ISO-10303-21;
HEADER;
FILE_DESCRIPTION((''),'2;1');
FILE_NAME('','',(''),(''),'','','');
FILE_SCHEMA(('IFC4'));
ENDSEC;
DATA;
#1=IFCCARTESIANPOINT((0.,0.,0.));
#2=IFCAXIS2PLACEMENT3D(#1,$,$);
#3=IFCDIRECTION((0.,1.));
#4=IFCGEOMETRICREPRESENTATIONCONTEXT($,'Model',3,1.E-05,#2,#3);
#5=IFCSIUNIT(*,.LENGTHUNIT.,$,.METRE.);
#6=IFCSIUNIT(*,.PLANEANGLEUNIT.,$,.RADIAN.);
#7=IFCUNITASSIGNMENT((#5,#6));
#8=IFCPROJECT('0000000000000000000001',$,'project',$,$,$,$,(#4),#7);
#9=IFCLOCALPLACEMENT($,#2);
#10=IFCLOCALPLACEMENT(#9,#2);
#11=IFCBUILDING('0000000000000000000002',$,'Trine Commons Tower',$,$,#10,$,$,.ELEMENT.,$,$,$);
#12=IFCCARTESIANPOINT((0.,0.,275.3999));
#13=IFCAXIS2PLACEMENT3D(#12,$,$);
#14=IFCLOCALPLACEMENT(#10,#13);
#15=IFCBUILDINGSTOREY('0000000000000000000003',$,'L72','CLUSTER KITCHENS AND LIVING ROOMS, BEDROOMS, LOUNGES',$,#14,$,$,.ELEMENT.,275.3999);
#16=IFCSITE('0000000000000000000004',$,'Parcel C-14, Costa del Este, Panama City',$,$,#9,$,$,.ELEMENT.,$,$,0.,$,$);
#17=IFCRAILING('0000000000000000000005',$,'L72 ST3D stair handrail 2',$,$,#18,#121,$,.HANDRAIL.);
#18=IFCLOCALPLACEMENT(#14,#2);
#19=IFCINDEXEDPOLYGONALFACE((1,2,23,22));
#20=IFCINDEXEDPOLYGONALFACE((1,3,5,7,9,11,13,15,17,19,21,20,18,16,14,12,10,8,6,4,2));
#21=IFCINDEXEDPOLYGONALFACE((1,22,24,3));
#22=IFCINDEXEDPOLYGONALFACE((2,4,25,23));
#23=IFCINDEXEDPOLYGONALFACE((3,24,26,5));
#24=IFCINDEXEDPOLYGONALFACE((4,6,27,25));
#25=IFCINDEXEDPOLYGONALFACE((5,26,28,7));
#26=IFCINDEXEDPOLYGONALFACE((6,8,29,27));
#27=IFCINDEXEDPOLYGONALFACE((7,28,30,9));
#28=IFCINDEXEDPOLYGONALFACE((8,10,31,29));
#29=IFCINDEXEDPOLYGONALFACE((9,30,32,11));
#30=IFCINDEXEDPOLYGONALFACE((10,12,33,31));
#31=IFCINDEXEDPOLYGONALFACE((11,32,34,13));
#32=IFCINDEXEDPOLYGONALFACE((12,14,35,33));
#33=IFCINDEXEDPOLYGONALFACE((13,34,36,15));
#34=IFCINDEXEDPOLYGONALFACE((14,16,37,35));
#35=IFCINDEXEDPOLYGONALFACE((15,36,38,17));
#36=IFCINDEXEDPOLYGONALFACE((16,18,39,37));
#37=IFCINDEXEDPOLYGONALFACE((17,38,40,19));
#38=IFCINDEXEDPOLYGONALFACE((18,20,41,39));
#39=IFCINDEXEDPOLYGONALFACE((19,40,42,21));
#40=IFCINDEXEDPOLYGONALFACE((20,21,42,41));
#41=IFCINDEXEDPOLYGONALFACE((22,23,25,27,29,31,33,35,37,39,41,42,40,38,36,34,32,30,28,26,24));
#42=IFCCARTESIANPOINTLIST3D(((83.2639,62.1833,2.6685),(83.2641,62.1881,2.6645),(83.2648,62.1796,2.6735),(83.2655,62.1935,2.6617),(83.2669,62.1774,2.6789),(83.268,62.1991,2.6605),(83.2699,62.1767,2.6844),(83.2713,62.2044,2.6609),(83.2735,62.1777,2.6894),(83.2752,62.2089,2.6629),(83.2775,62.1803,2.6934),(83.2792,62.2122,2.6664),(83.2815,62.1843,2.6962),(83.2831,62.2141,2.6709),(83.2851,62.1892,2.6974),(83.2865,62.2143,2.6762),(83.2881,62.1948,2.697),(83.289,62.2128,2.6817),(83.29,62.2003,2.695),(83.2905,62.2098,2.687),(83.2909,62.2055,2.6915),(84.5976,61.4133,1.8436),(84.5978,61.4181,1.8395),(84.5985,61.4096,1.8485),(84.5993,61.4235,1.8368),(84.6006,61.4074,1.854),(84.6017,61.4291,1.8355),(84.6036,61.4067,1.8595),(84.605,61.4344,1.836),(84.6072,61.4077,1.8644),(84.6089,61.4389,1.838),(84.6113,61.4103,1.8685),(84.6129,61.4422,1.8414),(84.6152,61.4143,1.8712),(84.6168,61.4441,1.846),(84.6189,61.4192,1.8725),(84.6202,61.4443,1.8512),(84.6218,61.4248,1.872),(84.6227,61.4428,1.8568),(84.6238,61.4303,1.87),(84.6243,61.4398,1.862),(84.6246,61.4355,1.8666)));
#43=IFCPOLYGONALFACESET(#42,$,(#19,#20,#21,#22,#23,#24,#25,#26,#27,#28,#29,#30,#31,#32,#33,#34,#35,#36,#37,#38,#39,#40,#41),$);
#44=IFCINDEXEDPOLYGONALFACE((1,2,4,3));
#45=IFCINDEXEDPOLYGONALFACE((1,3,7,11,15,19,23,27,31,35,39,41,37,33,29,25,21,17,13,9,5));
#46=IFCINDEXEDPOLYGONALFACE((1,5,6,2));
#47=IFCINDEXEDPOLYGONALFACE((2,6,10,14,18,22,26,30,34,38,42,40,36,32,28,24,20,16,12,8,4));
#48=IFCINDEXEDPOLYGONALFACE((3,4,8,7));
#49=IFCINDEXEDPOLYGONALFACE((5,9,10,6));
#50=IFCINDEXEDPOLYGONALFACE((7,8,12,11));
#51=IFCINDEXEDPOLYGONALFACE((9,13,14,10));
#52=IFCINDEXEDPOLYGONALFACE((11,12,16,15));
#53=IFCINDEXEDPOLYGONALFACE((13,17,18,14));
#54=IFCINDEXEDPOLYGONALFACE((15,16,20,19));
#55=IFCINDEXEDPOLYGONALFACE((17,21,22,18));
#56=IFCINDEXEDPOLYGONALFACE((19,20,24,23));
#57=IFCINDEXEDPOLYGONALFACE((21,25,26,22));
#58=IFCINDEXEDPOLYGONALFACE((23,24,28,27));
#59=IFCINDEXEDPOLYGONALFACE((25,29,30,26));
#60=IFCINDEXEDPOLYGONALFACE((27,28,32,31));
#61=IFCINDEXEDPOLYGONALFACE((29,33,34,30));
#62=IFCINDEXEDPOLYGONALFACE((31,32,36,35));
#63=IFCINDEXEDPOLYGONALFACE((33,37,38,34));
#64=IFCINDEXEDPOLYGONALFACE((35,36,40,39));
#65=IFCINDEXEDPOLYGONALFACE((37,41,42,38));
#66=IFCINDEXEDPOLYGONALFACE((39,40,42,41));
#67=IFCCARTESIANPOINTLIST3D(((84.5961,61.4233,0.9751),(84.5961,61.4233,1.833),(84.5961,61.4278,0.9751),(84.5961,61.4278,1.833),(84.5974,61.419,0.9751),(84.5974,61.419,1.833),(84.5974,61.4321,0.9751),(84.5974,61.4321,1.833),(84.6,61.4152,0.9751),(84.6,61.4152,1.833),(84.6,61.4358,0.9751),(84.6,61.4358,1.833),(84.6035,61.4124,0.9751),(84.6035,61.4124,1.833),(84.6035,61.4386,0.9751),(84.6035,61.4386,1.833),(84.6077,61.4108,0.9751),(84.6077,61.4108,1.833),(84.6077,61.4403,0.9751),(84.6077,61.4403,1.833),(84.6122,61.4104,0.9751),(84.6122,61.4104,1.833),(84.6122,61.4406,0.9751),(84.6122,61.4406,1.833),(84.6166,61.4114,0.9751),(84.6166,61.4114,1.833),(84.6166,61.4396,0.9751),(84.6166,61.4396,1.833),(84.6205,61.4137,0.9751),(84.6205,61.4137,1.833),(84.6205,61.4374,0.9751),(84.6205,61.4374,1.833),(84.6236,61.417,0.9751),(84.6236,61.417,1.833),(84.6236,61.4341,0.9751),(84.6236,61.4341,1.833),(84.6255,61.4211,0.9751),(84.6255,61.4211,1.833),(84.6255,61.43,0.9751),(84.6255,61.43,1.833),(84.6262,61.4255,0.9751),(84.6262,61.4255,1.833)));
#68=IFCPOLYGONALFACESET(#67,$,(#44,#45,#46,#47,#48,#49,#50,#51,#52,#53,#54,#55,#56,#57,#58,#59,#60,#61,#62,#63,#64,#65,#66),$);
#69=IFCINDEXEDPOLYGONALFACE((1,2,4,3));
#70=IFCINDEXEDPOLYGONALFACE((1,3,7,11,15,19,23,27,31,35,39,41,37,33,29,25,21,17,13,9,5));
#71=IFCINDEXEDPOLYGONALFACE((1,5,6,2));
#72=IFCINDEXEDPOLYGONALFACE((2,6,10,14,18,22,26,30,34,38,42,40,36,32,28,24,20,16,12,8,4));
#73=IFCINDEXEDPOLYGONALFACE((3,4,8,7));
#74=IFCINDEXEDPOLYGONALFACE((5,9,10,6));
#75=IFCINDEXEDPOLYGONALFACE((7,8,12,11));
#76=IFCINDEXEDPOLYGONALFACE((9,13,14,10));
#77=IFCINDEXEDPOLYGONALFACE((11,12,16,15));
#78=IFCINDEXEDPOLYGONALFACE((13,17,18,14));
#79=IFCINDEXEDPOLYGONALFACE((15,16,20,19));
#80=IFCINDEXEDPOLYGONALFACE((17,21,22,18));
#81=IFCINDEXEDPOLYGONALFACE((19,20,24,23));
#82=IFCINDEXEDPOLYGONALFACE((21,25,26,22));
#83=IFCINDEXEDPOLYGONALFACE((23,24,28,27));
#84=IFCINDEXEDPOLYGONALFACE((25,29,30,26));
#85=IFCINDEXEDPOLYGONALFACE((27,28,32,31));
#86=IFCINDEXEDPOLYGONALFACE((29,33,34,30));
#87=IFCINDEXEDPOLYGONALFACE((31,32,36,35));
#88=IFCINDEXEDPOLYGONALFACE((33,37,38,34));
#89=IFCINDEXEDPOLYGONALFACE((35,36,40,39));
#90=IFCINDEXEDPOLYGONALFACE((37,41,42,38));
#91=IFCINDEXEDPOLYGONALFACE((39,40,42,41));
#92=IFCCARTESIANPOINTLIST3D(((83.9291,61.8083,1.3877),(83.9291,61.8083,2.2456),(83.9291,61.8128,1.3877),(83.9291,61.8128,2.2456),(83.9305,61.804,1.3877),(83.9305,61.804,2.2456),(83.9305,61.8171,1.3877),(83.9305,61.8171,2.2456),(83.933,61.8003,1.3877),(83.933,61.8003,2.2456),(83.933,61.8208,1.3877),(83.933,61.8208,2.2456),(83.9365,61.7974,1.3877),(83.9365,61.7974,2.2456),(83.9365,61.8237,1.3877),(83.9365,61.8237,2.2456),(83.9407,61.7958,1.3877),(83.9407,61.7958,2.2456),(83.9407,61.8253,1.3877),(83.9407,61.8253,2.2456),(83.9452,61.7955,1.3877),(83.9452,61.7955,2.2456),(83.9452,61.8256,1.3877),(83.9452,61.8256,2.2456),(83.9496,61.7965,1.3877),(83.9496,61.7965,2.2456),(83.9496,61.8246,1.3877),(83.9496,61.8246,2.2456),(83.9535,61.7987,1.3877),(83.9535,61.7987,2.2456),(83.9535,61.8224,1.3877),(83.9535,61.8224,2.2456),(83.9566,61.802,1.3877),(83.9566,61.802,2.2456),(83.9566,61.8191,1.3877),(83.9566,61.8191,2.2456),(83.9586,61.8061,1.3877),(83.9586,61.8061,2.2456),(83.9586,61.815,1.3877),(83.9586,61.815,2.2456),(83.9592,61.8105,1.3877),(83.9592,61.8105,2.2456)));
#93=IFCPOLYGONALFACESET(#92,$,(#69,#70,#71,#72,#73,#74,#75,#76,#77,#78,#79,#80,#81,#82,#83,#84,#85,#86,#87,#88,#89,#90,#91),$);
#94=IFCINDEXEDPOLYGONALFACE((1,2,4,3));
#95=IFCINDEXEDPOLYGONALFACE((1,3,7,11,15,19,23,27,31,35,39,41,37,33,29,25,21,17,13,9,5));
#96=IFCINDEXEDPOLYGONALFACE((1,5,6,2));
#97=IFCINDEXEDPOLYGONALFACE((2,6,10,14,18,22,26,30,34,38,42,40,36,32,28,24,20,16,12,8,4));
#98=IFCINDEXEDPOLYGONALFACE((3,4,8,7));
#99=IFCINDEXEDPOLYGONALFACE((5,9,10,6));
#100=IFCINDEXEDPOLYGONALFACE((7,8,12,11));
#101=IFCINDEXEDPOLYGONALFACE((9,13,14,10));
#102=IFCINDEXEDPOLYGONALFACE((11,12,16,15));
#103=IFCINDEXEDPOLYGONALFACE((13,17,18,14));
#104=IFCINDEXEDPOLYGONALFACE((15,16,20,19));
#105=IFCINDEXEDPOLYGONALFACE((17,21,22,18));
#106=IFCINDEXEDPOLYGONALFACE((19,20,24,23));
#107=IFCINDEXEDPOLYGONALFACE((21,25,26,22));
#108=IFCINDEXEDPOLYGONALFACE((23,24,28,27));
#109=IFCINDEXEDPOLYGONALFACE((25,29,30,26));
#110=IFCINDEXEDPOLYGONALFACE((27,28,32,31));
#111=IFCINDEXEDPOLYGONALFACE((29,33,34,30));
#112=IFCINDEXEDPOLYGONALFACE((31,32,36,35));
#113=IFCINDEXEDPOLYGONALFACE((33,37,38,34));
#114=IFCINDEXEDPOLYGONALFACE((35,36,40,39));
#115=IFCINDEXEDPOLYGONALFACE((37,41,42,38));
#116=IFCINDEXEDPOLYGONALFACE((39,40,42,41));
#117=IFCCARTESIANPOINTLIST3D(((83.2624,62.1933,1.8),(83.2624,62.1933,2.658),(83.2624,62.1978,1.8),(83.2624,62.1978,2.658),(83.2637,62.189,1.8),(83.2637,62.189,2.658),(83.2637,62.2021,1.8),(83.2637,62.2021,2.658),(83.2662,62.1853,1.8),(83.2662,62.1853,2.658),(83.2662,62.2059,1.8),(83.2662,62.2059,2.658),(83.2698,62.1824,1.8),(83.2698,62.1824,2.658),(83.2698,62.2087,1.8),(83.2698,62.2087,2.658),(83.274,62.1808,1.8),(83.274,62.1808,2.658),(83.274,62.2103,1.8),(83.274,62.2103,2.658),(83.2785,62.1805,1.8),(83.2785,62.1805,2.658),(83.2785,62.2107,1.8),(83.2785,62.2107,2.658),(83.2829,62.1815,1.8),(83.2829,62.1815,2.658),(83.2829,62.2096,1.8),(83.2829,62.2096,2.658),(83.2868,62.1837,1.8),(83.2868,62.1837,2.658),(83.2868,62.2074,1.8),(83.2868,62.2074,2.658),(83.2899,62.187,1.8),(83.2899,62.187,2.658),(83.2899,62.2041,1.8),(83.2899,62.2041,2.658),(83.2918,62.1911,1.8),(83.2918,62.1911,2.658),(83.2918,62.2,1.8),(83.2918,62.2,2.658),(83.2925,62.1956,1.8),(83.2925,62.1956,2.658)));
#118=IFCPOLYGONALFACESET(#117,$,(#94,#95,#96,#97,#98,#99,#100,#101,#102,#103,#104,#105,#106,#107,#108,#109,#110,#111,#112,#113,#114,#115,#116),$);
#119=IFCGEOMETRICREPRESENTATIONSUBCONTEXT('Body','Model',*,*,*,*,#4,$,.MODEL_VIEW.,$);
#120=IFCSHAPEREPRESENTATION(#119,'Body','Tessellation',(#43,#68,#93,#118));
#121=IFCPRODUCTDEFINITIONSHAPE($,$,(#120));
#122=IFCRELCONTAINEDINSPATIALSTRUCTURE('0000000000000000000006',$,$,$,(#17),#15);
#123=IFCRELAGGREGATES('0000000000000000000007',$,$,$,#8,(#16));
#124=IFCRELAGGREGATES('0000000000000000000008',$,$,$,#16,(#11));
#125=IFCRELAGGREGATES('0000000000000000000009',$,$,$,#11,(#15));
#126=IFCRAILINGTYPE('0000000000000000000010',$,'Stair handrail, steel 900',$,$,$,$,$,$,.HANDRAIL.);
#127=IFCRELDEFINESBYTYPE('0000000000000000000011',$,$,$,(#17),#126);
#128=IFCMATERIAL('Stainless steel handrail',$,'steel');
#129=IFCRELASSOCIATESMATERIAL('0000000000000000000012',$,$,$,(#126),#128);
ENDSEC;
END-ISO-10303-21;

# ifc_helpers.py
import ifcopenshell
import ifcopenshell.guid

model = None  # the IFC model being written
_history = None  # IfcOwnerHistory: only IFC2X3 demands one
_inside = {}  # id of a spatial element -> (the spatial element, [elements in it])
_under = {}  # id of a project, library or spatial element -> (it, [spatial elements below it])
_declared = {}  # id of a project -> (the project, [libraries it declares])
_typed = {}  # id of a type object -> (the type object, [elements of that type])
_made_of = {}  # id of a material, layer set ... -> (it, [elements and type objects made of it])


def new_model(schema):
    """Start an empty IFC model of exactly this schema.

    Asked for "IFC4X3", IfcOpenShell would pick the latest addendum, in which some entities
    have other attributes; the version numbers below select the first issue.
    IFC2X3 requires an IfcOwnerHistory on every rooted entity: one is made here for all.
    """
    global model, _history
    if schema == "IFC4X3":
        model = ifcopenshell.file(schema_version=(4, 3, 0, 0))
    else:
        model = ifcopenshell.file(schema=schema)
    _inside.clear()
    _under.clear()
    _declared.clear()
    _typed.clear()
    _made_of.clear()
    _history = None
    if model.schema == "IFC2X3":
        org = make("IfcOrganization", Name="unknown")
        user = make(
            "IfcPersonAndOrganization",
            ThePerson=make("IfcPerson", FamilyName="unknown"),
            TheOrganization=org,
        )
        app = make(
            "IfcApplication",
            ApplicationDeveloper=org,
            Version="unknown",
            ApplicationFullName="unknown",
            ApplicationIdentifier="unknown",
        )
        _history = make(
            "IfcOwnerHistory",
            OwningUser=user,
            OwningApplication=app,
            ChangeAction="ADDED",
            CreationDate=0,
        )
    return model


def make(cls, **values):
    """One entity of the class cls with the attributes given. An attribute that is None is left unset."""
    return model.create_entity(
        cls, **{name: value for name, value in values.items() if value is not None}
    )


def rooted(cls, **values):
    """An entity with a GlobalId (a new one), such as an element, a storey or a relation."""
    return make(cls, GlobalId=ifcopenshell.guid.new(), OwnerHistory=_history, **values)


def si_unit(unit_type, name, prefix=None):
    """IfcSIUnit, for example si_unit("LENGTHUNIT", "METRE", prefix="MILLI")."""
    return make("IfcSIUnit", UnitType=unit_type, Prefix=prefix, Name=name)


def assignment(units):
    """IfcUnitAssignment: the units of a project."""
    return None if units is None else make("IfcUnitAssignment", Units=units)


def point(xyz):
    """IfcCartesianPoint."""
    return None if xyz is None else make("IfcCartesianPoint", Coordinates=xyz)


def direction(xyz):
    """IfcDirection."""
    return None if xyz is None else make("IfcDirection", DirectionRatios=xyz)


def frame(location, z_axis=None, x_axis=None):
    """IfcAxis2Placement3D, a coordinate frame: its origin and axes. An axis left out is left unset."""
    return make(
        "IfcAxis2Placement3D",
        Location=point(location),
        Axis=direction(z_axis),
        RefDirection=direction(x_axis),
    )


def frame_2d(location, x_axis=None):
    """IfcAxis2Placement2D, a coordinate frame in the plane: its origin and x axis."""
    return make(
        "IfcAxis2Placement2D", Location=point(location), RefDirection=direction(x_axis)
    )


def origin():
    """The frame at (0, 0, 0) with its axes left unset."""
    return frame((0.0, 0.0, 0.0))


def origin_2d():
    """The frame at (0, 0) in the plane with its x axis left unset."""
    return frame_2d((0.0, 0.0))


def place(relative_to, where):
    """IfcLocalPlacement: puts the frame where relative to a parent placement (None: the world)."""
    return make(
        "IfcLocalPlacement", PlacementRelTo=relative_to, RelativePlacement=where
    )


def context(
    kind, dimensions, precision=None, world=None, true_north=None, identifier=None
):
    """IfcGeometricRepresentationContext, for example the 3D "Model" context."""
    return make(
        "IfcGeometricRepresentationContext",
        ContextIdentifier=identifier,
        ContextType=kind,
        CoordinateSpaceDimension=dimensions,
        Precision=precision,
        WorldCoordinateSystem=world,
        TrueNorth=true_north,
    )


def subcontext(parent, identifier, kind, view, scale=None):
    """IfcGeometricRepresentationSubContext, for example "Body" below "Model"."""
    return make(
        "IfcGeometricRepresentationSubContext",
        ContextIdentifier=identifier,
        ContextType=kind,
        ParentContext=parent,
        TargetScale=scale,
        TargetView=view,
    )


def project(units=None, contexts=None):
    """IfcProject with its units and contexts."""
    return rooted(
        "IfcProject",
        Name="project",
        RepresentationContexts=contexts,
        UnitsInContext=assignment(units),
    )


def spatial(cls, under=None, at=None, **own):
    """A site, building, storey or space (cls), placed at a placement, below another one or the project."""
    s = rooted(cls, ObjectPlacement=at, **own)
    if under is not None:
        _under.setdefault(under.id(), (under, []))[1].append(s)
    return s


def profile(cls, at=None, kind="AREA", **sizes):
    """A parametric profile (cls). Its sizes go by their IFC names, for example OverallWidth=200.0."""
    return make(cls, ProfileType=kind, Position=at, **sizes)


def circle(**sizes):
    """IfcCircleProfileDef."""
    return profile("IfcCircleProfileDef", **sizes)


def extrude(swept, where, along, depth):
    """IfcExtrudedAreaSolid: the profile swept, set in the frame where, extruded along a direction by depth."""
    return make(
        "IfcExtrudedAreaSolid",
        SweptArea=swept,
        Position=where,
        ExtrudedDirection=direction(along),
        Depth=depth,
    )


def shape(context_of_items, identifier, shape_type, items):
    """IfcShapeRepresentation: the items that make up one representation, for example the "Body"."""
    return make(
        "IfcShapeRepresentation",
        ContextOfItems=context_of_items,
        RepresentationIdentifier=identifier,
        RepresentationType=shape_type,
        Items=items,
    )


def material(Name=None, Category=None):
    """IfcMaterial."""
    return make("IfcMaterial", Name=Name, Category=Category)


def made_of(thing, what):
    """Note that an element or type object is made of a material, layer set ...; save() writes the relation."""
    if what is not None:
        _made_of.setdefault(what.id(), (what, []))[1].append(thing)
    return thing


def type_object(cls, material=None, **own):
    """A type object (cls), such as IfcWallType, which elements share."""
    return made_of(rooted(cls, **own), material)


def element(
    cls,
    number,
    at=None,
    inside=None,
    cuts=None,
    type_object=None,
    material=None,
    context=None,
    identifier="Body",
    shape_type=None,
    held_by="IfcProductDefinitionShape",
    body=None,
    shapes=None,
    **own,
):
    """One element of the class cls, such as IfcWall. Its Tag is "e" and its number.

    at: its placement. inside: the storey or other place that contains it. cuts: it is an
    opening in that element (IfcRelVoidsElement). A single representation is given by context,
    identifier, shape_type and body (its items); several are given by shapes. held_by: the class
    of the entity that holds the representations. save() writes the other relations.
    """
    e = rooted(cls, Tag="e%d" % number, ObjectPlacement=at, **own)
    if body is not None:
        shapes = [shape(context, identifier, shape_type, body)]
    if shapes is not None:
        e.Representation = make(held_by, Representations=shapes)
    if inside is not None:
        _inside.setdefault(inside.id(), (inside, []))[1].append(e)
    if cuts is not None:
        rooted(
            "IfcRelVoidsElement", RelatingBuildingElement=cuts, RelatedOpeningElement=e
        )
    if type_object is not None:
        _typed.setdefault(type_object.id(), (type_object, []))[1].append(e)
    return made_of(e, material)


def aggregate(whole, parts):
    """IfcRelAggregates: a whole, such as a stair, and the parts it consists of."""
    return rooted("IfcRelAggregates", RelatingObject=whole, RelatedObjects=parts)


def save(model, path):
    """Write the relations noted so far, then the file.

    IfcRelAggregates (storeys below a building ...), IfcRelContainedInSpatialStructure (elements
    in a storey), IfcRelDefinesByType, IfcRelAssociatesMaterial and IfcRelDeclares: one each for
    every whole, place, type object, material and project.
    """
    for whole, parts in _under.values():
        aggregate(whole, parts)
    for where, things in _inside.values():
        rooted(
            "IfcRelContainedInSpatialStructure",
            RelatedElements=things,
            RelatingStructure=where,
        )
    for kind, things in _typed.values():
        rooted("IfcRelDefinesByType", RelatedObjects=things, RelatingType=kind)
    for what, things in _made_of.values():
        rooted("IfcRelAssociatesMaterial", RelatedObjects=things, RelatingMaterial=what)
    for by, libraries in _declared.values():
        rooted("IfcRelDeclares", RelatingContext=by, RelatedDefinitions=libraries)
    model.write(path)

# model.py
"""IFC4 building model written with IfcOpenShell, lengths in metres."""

from ifc_helpers import new_model, si_unit, direction, frame, origin, origin_2d, place, context, subcontext, project, spatial, circle, extrude, material, type_object, element, save


model = new_model("IFC4")

# Units and contexts
model_context = context("Model", 3, precision=1e-05, world=origin(), true_north=direction((0.0, 1.0)))
body_context = subcontext(model_context, "Body", "Model", "MODEL_VIEW")
ifc_project = project(units=[si_unit("LENGTHUNIT", "METRE"), si_unit("PLANEANGLEUNIT", "RADIAN")], contexts=[model_context])

# Site, building, storey
site_placement = place(None, origin())
site = spatial("IfcSite", under=ifc_project, at=site_placement, Name="Parcel C-14, Costa del Este, Panama City", CompositionType="ELEMENT", RefElevation=0.0)
building_placement = place(site_placement, origin())
building = spatial("IfcBuilding", under=site, at=building_placement, Name="Trine Commons Tower", CompositionType="ELEMENT")
storey_placement = place(building_placement, frame((0.0, 0.0, 275.3999)))
storey = spatial("IfcBuildingStorey", under=building, at=storey_placement, Name="L72", Description="CLUSTER KITCHENS AND LIVING ROOMS, BEDROOMS, LOUNGES", CompositionType="ELEMENT", Elevation=275.3999)

# Railing
ifc_material_1 = material(Name="Stainless steel handrail", Category="steel")
railing_type_1 = type_object("IfcRailingType", Name="Stair handrail, steel 900", PredefinedType="HANDRAIL", material=ifc_material_1)
for number, where, name in (
    (1, (84.6111, 61.4255, 0.9751), "L72 ST3D stair handrail 2"),
):
    element("IfcRailing", number, at=place(storey_placement, frame(where)), inside=storey, type_object=railing_type_1, Name=name, PredefinedType="HANDRAIL", context=body_context, shape_type="SweptSolid", body=[
        extrude(circle(Radius=0.021, at=origin_2d()), frame((0.0, 0.0, 0.8789), z_axis=(-0.763405, 0.440743, 0.472185), x_axis=(-0.499992, -0.86603, 0.0)), (0.0, 0.0, 1.0), 1.7471),
        extrude(circle(Radius=0.0151, at=origin_2d()), origin(), (0.0, 0.0, 1.0), 0.8579),
        extrude(circle(Radius=0.0151, at=origin_2d()), frame((-0.667, 0.385, 0.4126)), (0.0, 0.0, 1.0), 0.8579),
        extrude(circle(Radius=0.0151, at=origin_2d()), frame((-1.3337, 0.77, 0.825)), (0.0, 0.0, 1.0), 0.8579),
    ])

save(model, "model.ifc")
